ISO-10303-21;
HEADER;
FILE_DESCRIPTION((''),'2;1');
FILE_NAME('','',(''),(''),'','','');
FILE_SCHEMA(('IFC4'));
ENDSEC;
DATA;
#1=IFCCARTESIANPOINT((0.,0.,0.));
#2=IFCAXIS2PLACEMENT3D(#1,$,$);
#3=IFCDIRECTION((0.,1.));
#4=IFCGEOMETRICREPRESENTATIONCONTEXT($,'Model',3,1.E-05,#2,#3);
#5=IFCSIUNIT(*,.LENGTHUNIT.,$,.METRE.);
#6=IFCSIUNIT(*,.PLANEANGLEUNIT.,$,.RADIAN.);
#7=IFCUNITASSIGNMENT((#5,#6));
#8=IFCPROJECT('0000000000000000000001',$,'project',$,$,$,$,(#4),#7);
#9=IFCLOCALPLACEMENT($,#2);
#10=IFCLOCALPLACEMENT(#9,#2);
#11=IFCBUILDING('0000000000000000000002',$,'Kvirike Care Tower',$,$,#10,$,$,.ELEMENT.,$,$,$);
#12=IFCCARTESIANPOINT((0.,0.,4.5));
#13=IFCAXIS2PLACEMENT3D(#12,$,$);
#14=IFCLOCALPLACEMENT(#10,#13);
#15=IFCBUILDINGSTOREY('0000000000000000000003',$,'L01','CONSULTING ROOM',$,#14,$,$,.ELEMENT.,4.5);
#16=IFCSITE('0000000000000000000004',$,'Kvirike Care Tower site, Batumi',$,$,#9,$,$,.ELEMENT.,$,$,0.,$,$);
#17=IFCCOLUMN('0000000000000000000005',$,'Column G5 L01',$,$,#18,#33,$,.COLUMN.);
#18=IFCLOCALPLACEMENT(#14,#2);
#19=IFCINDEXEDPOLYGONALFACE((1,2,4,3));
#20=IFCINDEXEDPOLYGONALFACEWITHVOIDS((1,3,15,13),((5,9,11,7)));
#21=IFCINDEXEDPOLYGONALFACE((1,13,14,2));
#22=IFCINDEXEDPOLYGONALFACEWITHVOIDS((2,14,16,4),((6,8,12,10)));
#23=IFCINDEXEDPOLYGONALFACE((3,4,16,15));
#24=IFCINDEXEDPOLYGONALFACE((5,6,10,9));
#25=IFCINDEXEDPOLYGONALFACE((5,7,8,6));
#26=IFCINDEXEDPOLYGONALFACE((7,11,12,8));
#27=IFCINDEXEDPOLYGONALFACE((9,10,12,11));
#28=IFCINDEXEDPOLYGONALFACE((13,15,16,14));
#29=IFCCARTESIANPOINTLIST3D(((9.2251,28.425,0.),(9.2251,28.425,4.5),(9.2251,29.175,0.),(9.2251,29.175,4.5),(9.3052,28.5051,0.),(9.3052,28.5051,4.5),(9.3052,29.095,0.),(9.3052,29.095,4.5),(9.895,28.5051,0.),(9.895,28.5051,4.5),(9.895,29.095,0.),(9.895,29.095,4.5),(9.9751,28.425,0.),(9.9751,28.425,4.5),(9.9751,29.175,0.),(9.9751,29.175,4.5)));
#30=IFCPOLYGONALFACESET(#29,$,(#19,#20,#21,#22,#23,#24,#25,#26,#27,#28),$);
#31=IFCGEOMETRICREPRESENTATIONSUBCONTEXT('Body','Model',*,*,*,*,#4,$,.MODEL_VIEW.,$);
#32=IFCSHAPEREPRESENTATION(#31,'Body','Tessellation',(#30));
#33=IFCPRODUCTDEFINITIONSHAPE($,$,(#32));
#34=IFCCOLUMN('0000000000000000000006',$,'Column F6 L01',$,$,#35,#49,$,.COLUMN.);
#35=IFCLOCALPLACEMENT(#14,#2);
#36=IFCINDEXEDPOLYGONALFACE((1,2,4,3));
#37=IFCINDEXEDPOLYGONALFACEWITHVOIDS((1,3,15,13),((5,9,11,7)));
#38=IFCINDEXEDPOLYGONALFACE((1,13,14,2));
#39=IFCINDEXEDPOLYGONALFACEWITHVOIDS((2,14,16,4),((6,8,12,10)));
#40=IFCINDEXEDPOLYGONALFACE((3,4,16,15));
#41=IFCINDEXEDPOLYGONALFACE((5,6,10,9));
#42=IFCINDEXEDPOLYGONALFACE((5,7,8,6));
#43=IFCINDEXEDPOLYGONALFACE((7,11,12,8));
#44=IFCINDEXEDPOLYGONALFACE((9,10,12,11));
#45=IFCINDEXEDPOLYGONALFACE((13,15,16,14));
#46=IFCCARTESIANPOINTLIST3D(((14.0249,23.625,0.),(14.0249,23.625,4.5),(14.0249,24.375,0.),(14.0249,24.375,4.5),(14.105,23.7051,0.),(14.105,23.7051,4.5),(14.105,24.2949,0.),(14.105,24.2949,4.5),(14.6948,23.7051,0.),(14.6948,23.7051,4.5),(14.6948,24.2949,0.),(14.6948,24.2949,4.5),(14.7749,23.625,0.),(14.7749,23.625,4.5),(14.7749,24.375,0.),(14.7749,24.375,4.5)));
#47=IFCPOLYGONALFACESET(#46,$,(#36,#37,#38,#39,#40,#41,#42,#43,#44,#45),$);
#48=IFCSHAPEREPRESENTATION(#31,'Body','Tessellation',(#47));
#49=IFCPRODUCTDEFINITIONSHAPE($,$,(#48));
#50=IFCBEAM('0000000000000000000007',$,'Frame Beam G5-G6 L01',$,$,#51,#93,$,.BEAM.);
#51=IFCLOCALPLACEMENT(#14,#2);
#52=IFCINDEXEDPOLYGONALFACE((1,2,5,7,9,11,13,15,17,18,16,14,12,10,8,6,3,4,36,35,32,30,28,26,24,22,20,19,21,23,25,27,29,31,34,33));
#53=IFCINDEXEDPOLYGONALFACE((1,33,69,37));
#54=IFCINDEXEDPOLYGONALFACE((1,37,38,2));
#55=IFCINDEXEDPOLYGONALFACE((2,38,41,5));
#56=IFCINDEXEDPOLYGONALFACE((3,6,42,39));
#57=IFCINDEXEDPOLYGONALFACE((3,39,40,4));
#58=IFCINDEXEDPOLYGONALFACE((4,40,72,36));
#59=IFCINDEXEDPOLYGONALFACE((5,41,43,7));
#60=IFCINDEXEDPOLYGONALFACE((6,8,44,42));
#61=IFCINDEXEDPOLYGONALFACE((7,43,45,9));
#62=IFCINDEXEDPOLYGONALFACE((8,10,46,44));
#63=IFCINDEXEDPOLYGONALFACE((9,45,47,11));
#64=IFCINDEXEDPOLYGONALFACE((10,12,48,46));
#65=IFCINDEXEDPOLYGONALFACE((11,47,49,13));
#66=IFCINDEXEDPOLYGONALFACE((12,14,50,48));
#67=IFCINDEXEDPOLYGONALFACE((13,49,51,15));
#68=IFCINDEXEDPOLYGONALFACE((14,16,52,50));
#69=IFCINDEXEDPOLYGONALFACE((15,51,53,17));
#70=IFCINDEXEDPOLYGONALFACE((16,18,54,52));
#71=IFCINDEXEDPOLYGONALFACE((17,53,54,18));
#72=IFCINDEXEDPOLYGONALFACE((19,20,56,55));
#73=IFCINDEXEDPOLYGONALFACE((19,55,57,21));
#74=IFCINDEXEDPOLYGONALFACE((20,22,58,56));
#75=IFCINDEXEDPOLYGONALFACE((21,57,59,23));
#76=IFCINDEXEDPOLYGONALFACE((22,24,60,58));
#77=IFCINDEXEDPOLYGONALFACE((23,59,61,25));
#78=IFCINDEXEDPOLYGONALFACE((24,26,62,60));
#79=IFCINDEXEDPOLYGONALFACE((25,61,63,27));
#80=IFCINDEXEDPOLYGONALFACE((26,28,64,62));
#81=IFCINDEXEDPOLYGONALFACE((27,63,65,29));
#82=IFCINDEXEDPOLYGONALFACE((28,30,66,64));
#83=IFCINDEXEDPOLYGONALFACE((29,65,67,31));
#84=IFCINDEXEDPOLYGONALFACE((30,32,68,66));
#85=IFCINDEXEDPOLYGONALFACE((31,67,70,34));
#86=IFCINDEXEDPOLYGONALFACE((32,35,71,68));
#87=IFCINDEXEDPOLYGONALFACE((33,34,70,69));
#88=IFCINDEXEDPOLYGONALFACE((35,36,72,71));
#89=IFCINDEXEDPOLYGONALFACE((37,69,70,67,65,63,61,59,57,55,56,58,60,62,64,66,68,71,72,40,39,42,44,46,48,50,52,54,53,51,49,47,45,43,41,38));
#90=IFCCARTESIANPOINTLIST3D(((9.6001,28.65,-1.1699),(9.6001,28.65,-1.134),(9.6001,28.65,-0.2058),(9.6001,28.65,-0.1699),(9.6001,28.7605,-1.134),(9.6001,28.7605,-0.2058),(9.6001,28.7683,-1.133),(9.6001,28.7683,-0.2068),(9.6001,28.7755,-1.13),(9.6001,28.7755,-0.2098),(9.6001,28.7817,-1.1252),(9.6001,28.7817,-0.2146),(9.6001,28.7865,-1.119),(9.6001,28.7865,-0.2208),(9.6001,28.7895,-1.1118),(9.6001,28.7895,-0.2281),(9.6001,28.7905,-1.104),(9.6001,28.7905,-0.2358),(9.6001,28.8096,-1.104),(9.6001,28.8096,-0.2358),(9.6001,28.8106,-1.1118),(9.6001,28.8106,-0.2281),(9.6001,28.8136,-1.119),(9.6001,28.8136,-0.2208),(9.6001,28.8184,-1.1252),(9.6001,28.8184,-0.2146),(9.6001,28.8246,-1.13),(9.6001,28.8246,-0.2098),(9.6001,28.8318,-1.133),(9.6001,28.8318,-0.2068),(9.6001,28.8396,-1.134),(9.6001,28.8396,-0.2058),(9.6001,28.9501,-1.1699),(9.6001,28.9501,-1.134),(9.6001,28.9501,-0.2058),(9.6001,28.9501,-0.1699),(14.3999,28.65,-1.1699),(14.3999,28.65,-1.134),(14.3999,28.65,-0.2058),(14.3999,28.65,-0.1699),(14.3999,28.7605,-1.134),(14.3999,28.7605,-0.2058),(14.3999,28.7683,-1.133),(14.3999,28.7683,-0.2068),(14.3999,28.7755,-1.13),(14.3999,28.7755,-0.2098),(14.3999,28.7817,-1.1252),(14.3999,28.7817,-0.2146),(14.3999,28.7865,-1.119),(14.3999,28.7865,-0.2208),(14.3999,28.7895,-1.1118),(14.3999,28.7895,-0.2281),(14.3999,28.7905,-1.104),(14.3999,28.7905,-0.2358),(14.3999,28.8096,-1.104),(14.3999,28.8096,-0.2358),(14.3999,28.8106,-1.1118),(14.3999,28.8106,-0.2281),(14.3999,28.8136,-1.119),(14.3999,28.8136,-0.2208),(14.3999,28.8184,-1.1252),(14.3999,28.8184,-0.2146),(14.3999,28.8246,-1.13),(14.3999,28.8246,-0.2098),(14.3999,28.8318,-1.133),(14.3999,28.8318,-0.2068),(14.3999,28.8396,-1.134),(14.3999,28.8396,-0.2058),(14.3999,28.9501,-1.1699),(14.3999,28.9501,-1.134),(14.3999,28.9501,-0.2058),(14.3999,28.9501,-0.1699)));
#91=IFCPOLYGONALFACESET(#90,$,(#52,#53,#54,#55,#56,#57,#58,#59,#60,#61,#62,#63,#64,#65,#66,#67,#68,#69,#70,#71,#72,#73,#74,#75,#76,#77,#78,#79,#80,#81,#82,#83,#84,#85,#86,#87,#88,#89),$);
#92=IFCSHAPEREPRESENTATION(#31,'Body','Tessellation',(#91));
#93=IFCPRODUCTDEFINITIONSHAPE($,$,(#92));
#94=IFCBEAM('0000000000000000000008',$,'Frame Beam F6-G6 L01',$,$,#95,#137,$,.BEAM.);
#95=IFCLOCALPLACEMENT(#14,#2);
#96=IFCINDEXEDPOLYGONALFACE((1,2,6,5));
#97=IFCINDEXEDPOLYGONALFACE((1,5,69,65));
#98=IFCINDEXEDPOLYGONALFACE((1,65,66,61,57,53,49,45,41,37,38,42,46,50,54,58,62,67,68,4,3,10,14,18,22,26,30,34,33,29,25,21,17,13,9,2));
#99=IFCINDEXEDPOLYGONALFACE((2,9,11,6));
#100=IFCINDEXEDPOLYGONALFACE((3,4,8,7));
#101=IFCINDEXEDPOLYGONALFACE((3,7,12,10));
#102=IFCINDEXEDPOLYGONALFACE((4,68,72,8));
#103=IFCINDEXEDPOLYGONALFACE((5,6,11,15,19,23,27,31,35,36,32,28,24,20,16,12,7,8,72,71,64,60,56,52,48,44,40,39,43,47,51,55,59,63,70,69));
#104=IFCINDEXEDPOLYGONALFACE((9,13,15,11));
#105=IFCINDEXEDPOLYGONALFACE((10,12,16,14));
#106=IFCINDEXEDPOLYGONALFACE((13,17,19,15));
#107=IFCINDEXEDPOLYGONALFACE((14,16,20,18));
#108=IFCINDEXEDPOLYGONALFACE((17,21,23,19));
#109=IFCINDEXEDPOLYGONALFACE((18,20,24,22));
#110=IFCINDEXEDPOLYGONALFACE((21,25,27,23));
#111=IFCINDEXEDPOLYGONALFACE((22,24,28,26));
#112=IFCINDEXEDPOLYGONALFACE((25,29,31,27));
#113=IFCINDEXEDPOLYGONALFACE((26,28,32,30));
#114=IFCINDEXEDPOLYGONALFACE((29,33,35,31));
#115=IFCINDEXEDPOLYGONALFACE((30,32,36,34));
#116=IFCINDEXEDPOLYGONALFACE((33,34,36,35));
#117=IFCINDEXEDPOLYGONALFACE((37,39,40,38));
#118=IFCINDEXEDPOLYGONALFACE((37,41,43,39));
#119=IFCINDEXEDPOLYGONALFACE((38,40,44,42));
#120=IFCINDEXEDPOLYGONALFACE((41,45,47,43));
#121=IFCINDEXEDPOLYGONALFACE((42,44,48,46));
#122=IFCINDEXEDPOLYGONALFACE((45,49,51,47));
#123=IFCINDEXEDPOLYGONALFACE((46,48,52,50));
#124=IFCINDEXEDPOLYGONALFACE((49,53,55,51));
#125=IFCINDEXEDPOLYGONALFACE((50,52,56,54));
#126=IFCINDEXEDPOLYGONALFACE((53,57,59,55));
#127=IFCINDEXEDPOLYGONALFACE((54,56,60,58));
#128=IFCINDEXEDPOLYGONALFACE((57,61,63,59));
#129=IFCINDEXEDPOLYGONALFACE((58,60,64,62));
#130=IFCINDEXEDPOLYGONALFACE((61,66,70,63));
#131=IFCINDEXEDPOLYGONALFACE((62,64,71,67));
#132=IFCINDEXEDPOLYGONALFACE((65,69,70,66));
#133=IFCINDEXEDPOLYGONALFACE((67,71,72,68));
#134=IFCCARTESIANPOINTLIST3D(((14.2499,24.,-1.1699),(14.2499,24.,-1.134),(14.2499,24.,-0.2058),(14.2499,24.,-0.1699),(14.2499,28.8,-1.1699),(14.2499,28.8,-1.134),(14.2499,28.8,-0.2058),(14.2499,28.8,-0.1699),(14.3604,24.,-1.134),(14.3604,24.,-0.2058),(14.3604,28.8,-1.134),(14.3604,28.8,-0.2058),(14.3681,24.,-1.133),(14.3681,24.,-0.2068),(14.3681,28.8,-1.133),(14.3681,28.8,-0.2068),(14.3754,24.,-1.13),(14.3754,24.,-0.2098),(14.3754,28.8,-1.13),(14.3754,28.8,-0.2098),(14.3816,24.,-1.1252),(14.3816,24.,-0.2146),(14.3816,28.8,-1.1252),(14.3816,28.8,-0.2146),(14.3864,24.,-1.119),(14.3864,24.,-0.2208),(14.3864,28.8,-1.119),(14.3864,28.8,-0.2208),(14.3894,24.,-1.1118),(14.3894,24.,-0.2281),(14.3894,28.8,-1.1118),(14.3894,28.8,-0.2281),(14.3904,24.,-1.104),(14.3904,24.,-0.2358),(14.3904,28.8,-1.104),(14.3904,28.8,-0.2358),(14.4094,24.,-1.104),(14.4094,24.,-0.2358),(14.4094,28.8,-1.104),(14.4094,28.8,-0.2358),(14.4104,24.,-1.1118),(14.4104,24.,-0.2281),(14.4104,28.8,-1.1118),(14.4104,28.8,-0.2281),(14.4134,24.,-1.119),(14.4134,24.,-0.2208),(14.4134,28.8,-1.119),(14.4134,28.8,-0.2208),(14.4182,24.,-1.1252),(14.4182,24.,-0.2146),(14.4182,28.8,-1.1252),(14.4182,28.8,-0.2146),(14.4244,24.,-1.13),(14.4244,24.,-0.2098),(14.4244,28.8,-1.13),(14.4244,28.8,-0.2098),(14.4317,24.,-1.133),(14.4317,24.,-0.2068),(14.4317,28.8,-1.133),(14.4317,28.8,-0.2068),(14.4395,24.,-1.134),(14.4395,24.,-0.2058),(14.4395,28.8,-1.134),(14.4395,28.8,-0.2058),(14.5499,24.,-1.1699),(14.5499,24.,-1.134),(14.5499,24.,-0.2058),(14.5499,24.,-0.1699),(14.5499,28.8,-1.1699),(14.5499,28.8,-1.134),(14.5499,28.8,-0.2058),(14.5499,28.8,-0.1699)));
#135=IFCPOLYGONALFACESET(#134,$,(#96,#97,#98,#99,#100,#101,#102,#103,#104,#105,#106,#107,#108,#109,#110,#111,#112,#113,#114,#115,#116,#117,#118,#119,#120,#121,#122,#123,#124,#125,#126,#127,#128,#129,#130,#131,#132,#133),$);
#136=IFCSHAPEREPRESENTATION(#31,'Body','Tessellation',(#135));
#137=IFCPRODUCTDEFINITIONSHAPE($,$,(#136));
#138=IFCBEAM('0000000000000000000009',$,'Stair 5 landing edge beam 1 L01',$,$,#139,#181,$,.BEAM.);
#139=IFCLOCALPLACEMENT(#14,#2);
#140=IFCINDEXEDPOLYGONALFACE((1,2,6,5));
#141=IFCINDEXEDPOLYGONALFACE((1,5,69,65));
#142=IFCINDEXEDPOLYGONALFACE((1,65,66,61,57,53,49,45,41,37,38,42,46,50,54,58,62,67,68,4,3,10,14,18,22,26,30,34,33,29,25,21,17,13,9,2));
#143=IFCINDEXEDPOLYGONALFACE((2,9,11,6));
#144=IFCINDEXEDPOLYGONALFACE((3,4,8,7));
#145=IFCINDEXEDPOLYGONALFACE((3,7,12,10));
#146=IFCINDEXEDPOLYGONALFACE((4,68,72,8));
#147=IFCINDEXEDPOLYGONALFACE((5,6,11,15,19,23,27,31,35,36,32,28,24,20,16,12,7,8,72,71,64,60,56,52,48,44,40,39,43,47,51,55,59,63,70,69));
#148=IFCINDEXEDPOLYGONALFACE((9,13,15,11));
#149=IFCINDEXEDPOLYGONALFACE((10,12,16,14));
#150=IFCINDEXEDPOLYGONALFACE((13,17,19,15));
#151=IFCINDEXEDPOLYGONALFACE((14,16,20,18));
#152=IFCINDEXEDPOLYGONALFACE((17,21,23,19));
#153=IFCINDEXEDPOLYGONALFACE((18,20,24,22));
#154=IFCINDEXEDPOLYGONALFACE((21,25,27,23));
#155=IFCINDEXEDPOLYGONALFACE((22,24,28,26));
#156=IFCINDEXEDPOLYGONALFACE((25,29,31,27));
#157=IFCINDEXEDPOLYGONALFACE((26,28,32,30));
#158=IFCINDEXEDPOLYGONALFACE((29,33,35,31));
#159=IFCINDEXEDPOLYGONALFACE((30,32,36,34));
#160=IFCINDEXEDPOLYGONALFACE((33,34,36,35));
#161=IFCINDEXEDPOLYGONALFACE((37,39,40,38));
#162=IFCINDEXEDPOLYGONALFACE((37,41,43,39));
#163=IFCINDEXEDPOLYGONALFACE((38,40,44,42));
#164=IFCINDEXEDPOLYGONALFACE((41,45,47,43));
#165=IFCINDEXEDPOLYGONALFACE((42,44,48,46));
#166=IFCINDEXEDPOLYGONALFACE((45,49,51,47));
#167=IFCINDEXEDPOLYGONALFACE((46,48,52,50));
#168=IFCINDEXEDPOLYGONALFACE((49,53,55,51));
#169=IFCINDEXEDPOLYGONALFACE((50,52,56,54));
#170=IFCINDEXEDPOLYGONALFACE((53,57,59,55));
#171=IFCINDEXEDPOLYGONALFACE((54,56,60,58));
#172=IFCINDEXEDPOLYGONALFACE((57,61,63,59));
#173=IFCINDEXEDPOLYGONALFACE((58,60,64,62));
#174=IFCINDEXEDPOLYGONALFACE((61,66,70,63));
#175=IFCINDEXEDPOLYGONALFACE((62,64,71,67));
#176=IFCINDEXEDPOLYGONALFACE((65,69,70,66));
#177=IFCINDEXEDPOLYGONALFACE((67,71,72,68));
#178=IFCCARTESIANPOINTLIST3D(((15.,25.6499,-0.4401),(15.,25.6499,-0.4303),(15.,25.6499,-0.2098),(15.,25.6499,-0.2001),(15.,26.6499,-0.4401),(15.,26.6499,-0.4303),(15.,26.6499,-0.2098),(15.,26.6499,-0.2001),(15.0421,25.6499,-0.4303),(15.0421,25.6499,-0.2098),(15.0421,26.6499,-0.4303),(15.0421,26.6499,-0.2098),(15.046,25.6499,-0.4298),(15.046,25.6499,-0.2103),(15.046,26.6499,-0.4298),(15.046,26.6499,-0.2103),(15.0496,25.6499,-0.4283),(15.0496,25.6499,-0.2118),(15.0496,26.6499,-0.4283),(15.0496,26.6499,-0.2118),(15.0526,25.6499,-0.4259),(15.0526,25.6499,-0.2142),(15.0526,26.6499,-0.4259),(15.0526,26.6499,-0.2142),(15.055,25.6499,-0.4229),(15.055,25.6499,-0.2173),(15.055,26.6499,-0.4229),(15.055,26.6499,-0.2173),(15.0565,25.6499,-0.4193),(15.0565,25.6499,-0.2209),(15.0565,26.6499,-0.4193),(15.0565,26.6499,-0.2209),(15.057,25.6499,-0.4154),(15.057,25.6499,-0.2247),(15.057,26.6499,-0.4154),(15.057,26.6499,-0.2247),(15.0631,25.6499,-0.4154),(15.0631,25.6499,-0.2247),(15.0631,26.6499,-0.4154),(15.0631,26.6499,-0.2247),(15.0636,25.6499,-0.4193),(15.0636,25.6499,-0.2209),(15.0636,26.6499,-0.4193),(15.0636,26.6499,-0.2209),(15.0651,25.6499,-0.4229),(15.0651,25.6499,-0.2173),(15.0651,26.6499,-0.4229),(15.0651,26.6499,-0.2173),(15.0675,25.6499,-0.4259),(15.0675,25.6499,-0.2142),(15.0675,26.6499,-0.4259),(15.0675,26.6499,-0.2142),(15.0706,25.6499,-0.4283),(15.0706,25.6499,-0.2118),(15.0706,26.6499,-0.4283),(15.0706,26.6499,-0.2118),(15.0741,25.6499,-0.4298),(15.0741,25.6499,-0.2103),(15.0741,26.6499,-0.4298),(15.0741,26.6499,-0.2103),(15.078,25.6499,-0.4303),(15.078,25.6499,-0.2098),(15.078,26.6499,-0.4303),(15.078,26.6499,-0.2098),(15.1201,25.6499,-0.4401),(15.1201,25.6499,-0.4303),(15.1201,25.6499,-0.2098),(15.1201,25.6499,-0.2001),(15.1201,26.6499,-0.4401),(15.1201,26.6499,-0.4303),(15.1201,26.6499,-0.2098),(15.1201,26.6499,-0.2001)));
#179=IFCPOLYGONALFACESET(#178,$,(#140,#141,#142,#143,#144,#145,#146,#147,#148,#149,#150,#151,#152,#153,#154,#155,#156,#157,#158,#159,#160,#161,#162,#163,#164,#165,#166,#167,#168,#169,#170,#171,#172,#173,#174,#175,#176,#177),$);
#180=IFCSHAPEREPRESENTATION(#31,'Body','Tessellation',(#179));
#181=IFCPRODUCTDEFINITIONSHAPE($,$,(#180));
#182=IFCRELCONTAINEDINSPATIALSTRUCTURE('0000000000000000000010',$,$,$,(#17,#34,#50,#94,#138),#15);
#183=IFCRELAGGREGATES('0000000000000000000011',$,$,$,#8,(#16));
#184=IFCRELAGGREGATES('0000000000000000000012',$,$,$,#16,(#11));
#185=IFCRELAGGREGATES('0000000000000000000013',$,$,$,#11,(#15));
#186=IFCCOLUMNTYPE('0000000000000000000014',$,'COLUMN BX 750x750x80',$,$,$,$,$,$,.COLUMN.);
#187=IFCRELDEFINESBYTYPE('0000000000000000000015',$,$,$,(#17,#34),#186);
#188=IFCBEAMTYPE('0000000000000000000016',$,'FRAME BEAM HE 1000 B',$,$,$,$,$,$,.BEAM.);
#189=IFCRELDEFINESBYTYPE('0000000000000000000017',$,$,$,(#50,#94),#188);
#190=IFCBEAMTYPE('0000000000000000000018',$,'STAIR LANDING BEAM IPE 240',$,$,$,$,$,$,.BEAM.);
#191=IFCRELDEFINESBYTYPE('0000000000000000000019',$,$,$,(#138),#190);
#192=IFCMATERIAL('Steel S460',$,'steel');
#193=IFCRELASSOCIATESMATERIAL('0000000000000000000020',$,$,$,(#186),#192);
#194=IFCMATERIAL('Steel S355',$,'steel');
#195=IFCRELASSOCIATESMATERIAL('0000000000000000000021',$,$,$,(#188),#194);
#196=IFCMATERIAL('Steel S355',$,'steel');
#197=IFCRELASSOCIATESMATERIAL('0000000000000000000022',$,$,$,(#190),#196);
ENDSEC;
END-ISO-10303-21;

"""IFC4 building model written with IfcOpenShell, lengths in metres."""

from ifc_helpers import new_model, si_unit, direction, frame, origin, origin_2d, place, context, subcontext, project, spatial, hollow_rectangle, i_section, extrude, material, material_profile, profile_set, type_object, element, save


model = new_model("IFC4")

# Units and contexts
model_context = context("Model", 3, precision=1e-05, world=origin(), true_north=direction((0.0, 1.0)))
body_context = subcontext(model_context, "Body", "Model", "MODEL_VIEW")
ifc_project = project(units=[si_unit("LENGTHUNIT", "METRE"), si_unit("PLANEANGLEUNIT", "RADIAN")], contexts=[model_context])

# Site, building, storey
site_placement = place(None, origin())
site = spatial("IfcSite", under=ifc_project, at=site_placement, Name="Kvirike Care Tower site, Batumi", CompositionType="ELEMENT", RefElevation=0.0)
building_placement = place(site_placement, origin())
building = spatial("IfcBuilding", under=site, at=building_placement, Name="Kvirike Care Tower", CompositionType="ELEMENT")
storey_placement = place(building_placement, frame((0.0, 0.0, 4.5)))
storey = spatial("IfcBuildingStorey", under=building, at=storey_placement, Name="L01", Description="CONSULTING ROOM", CompositionType="ELEMENT", Elevation=4.5)

# Columns
ifc_material_1 = material(Name="Steel S460", Category="steel")
ifc_material_profile_1 = material_profile(ifc_material_1, hollow_rectangle(XDim=0.75, YDim=0.75, WallThickness=0.0801, at=origin_2d()), Name="BX 750x750x80")
ifc_profile_set_1 = profile_set([ifc_material_profile_1], Name="Steel S460")
column_type = type_object("IfcColumnType", Name="COLUMN BX 750x750x80", PredefinedType="COLUMN", material=ifc_profile_set_1)
for number, where, z_axis, x_axis, name in (
    (1, (9.6001, 28.8, 0.0), (0.0, 0.0, 1.0), (0.0, 1.0, 0.0), "Column G5 L01"),
    (2, (14.3999, 24.0, 0.0), (0.0, 0.0, 1.0), (1.0, 0.0, 0.0), "Column F6 L01"),
):
    element("IfcColumn", number, at=place(storey_placement, frame(where, z_axis=z_axis, x_axis=x_axis)), inside=storey, type_object=column_type, Name=name, PredefinedType="COLUMN", context=body_context, shape_type="SweptSolid", body=[
        extrude(hollow_rectangle(XDim=0.75, YDim=0.75, WallThickness=0.0801, at=origin_2d()), origin(), (0.0, 0.0, 1.0), 4.5),
    ])

# Beams
ifc_material_2 = material(Name="Steel S355", Category="steel")
ifc_material_profile_2 = material_profile(ifc_material_2, i_section(OverallWidth=0.3, OverallDepth=1.0, WebThickness=0.019, FlangeThickness=0.0359, FilletRadius=0.03, at=origin_2d()), Name="HE 1000 B")
ifc_profile_set_2 = profile_set([ifc_material_profile_2], Name="Steel S355")
beam_type_1 = type_object("IfcBeamType", Name="FRAME BEAM HE 1000 B", PredefinedType="BEAM", material=ifc_profile_set_2)
beam_1_placement = place(storey_placement, frame((9.6001, 28.8, -0.6699), z_axis=(1.0, 0.0, 0.0), x_axis=(0.0, 1.0, 0.0)))
element("IfcBeam", 3, at=beam_1_placement, inside=storey, type_object=beam_type_1, Name="Frame Beam G5-G6 L01", PredefinedType="BEAM", context=body_context, shape_type="SweptSolid", body=[
    extrude(i_section(OverallWidth=0.3, OverallDepth=1.0, WebThickness=0.019, FlangeThickness=0.0359, FilletRadius=0.03, at=origin_2d()), origin(), (0.0, 0.0, 1.0), 4.7998),
])
beam_2_placement = place(storey_placement, frame((14.3999, 24.0, -0.6699), z_axis=(0.0, 1.0, 0.0), x_axis=(-1.0, 0.0, 0.0)))
element("IfcBeam", 4, at=beam_2_placement, inside=storey, type_object=beam_type_1, Name="Frame Beam F6-G6 L01", PredefinedType="BEAM", context=body_context, shape_type="SweptSolid", body=[
    extrude(i_section(OverallWidth=0.3, OverallDepth=1.0, WebThickness=0.019, FlangeThickness=0.0359, FilletRadius=0.03, at=origin_2d()), origin(), (0.0, 0.0, 1.0), 4.8),
])
ifc_material_3 = material(Name="Steel S355", Category="steel")
ifc_material_profile_3 = material_profile(ifc_material_3, i_section(OverallWidth=0.1201, OverallDepth=0.24, WebThickness=0.0061, FlangeThickness=0.0098, FilletRadius=0.0149, at=origin_2d()), Name="IPE 240")
ifc_profile_set_3 = profile_set([ifc_material_profile_3], Name="Steel S355")
beam_type_2 = type_object("IfcBeamType", Name="STAIR LANDING BEAM IPE 240", PredefinedType="BEAM", material=ifc_profile_set_3)
for number, where, z_axis, x_axis, name in (
    (5, (15.0601, 25.6499, -0.3201), (0.0, 1.0, 0.0), (-1.0, 0.0, 0.0), "Stair 5 landing edge beam 1 L01"),
):
    element("IfcBeam", number, at=place(storey_placement, frame(where, z_axis=z_axis, x_axis=x_axis)), inside=storey, type_object=beam_type_2, Name=name, PredefinedType="BEAM", context=body_context, shape_type="SweptSolid", body=[
        extrude(i_section(OverallWidth=0.1201, OverallDepth=0.24, WebThickness=0.0061, FlangeThickness=0.0098, FilletRadius=0.0149, at=origin_2d()), origin(), (0.0, 0.0, 1.0), 1.0),
    ])

save(model, "model.ifc")
